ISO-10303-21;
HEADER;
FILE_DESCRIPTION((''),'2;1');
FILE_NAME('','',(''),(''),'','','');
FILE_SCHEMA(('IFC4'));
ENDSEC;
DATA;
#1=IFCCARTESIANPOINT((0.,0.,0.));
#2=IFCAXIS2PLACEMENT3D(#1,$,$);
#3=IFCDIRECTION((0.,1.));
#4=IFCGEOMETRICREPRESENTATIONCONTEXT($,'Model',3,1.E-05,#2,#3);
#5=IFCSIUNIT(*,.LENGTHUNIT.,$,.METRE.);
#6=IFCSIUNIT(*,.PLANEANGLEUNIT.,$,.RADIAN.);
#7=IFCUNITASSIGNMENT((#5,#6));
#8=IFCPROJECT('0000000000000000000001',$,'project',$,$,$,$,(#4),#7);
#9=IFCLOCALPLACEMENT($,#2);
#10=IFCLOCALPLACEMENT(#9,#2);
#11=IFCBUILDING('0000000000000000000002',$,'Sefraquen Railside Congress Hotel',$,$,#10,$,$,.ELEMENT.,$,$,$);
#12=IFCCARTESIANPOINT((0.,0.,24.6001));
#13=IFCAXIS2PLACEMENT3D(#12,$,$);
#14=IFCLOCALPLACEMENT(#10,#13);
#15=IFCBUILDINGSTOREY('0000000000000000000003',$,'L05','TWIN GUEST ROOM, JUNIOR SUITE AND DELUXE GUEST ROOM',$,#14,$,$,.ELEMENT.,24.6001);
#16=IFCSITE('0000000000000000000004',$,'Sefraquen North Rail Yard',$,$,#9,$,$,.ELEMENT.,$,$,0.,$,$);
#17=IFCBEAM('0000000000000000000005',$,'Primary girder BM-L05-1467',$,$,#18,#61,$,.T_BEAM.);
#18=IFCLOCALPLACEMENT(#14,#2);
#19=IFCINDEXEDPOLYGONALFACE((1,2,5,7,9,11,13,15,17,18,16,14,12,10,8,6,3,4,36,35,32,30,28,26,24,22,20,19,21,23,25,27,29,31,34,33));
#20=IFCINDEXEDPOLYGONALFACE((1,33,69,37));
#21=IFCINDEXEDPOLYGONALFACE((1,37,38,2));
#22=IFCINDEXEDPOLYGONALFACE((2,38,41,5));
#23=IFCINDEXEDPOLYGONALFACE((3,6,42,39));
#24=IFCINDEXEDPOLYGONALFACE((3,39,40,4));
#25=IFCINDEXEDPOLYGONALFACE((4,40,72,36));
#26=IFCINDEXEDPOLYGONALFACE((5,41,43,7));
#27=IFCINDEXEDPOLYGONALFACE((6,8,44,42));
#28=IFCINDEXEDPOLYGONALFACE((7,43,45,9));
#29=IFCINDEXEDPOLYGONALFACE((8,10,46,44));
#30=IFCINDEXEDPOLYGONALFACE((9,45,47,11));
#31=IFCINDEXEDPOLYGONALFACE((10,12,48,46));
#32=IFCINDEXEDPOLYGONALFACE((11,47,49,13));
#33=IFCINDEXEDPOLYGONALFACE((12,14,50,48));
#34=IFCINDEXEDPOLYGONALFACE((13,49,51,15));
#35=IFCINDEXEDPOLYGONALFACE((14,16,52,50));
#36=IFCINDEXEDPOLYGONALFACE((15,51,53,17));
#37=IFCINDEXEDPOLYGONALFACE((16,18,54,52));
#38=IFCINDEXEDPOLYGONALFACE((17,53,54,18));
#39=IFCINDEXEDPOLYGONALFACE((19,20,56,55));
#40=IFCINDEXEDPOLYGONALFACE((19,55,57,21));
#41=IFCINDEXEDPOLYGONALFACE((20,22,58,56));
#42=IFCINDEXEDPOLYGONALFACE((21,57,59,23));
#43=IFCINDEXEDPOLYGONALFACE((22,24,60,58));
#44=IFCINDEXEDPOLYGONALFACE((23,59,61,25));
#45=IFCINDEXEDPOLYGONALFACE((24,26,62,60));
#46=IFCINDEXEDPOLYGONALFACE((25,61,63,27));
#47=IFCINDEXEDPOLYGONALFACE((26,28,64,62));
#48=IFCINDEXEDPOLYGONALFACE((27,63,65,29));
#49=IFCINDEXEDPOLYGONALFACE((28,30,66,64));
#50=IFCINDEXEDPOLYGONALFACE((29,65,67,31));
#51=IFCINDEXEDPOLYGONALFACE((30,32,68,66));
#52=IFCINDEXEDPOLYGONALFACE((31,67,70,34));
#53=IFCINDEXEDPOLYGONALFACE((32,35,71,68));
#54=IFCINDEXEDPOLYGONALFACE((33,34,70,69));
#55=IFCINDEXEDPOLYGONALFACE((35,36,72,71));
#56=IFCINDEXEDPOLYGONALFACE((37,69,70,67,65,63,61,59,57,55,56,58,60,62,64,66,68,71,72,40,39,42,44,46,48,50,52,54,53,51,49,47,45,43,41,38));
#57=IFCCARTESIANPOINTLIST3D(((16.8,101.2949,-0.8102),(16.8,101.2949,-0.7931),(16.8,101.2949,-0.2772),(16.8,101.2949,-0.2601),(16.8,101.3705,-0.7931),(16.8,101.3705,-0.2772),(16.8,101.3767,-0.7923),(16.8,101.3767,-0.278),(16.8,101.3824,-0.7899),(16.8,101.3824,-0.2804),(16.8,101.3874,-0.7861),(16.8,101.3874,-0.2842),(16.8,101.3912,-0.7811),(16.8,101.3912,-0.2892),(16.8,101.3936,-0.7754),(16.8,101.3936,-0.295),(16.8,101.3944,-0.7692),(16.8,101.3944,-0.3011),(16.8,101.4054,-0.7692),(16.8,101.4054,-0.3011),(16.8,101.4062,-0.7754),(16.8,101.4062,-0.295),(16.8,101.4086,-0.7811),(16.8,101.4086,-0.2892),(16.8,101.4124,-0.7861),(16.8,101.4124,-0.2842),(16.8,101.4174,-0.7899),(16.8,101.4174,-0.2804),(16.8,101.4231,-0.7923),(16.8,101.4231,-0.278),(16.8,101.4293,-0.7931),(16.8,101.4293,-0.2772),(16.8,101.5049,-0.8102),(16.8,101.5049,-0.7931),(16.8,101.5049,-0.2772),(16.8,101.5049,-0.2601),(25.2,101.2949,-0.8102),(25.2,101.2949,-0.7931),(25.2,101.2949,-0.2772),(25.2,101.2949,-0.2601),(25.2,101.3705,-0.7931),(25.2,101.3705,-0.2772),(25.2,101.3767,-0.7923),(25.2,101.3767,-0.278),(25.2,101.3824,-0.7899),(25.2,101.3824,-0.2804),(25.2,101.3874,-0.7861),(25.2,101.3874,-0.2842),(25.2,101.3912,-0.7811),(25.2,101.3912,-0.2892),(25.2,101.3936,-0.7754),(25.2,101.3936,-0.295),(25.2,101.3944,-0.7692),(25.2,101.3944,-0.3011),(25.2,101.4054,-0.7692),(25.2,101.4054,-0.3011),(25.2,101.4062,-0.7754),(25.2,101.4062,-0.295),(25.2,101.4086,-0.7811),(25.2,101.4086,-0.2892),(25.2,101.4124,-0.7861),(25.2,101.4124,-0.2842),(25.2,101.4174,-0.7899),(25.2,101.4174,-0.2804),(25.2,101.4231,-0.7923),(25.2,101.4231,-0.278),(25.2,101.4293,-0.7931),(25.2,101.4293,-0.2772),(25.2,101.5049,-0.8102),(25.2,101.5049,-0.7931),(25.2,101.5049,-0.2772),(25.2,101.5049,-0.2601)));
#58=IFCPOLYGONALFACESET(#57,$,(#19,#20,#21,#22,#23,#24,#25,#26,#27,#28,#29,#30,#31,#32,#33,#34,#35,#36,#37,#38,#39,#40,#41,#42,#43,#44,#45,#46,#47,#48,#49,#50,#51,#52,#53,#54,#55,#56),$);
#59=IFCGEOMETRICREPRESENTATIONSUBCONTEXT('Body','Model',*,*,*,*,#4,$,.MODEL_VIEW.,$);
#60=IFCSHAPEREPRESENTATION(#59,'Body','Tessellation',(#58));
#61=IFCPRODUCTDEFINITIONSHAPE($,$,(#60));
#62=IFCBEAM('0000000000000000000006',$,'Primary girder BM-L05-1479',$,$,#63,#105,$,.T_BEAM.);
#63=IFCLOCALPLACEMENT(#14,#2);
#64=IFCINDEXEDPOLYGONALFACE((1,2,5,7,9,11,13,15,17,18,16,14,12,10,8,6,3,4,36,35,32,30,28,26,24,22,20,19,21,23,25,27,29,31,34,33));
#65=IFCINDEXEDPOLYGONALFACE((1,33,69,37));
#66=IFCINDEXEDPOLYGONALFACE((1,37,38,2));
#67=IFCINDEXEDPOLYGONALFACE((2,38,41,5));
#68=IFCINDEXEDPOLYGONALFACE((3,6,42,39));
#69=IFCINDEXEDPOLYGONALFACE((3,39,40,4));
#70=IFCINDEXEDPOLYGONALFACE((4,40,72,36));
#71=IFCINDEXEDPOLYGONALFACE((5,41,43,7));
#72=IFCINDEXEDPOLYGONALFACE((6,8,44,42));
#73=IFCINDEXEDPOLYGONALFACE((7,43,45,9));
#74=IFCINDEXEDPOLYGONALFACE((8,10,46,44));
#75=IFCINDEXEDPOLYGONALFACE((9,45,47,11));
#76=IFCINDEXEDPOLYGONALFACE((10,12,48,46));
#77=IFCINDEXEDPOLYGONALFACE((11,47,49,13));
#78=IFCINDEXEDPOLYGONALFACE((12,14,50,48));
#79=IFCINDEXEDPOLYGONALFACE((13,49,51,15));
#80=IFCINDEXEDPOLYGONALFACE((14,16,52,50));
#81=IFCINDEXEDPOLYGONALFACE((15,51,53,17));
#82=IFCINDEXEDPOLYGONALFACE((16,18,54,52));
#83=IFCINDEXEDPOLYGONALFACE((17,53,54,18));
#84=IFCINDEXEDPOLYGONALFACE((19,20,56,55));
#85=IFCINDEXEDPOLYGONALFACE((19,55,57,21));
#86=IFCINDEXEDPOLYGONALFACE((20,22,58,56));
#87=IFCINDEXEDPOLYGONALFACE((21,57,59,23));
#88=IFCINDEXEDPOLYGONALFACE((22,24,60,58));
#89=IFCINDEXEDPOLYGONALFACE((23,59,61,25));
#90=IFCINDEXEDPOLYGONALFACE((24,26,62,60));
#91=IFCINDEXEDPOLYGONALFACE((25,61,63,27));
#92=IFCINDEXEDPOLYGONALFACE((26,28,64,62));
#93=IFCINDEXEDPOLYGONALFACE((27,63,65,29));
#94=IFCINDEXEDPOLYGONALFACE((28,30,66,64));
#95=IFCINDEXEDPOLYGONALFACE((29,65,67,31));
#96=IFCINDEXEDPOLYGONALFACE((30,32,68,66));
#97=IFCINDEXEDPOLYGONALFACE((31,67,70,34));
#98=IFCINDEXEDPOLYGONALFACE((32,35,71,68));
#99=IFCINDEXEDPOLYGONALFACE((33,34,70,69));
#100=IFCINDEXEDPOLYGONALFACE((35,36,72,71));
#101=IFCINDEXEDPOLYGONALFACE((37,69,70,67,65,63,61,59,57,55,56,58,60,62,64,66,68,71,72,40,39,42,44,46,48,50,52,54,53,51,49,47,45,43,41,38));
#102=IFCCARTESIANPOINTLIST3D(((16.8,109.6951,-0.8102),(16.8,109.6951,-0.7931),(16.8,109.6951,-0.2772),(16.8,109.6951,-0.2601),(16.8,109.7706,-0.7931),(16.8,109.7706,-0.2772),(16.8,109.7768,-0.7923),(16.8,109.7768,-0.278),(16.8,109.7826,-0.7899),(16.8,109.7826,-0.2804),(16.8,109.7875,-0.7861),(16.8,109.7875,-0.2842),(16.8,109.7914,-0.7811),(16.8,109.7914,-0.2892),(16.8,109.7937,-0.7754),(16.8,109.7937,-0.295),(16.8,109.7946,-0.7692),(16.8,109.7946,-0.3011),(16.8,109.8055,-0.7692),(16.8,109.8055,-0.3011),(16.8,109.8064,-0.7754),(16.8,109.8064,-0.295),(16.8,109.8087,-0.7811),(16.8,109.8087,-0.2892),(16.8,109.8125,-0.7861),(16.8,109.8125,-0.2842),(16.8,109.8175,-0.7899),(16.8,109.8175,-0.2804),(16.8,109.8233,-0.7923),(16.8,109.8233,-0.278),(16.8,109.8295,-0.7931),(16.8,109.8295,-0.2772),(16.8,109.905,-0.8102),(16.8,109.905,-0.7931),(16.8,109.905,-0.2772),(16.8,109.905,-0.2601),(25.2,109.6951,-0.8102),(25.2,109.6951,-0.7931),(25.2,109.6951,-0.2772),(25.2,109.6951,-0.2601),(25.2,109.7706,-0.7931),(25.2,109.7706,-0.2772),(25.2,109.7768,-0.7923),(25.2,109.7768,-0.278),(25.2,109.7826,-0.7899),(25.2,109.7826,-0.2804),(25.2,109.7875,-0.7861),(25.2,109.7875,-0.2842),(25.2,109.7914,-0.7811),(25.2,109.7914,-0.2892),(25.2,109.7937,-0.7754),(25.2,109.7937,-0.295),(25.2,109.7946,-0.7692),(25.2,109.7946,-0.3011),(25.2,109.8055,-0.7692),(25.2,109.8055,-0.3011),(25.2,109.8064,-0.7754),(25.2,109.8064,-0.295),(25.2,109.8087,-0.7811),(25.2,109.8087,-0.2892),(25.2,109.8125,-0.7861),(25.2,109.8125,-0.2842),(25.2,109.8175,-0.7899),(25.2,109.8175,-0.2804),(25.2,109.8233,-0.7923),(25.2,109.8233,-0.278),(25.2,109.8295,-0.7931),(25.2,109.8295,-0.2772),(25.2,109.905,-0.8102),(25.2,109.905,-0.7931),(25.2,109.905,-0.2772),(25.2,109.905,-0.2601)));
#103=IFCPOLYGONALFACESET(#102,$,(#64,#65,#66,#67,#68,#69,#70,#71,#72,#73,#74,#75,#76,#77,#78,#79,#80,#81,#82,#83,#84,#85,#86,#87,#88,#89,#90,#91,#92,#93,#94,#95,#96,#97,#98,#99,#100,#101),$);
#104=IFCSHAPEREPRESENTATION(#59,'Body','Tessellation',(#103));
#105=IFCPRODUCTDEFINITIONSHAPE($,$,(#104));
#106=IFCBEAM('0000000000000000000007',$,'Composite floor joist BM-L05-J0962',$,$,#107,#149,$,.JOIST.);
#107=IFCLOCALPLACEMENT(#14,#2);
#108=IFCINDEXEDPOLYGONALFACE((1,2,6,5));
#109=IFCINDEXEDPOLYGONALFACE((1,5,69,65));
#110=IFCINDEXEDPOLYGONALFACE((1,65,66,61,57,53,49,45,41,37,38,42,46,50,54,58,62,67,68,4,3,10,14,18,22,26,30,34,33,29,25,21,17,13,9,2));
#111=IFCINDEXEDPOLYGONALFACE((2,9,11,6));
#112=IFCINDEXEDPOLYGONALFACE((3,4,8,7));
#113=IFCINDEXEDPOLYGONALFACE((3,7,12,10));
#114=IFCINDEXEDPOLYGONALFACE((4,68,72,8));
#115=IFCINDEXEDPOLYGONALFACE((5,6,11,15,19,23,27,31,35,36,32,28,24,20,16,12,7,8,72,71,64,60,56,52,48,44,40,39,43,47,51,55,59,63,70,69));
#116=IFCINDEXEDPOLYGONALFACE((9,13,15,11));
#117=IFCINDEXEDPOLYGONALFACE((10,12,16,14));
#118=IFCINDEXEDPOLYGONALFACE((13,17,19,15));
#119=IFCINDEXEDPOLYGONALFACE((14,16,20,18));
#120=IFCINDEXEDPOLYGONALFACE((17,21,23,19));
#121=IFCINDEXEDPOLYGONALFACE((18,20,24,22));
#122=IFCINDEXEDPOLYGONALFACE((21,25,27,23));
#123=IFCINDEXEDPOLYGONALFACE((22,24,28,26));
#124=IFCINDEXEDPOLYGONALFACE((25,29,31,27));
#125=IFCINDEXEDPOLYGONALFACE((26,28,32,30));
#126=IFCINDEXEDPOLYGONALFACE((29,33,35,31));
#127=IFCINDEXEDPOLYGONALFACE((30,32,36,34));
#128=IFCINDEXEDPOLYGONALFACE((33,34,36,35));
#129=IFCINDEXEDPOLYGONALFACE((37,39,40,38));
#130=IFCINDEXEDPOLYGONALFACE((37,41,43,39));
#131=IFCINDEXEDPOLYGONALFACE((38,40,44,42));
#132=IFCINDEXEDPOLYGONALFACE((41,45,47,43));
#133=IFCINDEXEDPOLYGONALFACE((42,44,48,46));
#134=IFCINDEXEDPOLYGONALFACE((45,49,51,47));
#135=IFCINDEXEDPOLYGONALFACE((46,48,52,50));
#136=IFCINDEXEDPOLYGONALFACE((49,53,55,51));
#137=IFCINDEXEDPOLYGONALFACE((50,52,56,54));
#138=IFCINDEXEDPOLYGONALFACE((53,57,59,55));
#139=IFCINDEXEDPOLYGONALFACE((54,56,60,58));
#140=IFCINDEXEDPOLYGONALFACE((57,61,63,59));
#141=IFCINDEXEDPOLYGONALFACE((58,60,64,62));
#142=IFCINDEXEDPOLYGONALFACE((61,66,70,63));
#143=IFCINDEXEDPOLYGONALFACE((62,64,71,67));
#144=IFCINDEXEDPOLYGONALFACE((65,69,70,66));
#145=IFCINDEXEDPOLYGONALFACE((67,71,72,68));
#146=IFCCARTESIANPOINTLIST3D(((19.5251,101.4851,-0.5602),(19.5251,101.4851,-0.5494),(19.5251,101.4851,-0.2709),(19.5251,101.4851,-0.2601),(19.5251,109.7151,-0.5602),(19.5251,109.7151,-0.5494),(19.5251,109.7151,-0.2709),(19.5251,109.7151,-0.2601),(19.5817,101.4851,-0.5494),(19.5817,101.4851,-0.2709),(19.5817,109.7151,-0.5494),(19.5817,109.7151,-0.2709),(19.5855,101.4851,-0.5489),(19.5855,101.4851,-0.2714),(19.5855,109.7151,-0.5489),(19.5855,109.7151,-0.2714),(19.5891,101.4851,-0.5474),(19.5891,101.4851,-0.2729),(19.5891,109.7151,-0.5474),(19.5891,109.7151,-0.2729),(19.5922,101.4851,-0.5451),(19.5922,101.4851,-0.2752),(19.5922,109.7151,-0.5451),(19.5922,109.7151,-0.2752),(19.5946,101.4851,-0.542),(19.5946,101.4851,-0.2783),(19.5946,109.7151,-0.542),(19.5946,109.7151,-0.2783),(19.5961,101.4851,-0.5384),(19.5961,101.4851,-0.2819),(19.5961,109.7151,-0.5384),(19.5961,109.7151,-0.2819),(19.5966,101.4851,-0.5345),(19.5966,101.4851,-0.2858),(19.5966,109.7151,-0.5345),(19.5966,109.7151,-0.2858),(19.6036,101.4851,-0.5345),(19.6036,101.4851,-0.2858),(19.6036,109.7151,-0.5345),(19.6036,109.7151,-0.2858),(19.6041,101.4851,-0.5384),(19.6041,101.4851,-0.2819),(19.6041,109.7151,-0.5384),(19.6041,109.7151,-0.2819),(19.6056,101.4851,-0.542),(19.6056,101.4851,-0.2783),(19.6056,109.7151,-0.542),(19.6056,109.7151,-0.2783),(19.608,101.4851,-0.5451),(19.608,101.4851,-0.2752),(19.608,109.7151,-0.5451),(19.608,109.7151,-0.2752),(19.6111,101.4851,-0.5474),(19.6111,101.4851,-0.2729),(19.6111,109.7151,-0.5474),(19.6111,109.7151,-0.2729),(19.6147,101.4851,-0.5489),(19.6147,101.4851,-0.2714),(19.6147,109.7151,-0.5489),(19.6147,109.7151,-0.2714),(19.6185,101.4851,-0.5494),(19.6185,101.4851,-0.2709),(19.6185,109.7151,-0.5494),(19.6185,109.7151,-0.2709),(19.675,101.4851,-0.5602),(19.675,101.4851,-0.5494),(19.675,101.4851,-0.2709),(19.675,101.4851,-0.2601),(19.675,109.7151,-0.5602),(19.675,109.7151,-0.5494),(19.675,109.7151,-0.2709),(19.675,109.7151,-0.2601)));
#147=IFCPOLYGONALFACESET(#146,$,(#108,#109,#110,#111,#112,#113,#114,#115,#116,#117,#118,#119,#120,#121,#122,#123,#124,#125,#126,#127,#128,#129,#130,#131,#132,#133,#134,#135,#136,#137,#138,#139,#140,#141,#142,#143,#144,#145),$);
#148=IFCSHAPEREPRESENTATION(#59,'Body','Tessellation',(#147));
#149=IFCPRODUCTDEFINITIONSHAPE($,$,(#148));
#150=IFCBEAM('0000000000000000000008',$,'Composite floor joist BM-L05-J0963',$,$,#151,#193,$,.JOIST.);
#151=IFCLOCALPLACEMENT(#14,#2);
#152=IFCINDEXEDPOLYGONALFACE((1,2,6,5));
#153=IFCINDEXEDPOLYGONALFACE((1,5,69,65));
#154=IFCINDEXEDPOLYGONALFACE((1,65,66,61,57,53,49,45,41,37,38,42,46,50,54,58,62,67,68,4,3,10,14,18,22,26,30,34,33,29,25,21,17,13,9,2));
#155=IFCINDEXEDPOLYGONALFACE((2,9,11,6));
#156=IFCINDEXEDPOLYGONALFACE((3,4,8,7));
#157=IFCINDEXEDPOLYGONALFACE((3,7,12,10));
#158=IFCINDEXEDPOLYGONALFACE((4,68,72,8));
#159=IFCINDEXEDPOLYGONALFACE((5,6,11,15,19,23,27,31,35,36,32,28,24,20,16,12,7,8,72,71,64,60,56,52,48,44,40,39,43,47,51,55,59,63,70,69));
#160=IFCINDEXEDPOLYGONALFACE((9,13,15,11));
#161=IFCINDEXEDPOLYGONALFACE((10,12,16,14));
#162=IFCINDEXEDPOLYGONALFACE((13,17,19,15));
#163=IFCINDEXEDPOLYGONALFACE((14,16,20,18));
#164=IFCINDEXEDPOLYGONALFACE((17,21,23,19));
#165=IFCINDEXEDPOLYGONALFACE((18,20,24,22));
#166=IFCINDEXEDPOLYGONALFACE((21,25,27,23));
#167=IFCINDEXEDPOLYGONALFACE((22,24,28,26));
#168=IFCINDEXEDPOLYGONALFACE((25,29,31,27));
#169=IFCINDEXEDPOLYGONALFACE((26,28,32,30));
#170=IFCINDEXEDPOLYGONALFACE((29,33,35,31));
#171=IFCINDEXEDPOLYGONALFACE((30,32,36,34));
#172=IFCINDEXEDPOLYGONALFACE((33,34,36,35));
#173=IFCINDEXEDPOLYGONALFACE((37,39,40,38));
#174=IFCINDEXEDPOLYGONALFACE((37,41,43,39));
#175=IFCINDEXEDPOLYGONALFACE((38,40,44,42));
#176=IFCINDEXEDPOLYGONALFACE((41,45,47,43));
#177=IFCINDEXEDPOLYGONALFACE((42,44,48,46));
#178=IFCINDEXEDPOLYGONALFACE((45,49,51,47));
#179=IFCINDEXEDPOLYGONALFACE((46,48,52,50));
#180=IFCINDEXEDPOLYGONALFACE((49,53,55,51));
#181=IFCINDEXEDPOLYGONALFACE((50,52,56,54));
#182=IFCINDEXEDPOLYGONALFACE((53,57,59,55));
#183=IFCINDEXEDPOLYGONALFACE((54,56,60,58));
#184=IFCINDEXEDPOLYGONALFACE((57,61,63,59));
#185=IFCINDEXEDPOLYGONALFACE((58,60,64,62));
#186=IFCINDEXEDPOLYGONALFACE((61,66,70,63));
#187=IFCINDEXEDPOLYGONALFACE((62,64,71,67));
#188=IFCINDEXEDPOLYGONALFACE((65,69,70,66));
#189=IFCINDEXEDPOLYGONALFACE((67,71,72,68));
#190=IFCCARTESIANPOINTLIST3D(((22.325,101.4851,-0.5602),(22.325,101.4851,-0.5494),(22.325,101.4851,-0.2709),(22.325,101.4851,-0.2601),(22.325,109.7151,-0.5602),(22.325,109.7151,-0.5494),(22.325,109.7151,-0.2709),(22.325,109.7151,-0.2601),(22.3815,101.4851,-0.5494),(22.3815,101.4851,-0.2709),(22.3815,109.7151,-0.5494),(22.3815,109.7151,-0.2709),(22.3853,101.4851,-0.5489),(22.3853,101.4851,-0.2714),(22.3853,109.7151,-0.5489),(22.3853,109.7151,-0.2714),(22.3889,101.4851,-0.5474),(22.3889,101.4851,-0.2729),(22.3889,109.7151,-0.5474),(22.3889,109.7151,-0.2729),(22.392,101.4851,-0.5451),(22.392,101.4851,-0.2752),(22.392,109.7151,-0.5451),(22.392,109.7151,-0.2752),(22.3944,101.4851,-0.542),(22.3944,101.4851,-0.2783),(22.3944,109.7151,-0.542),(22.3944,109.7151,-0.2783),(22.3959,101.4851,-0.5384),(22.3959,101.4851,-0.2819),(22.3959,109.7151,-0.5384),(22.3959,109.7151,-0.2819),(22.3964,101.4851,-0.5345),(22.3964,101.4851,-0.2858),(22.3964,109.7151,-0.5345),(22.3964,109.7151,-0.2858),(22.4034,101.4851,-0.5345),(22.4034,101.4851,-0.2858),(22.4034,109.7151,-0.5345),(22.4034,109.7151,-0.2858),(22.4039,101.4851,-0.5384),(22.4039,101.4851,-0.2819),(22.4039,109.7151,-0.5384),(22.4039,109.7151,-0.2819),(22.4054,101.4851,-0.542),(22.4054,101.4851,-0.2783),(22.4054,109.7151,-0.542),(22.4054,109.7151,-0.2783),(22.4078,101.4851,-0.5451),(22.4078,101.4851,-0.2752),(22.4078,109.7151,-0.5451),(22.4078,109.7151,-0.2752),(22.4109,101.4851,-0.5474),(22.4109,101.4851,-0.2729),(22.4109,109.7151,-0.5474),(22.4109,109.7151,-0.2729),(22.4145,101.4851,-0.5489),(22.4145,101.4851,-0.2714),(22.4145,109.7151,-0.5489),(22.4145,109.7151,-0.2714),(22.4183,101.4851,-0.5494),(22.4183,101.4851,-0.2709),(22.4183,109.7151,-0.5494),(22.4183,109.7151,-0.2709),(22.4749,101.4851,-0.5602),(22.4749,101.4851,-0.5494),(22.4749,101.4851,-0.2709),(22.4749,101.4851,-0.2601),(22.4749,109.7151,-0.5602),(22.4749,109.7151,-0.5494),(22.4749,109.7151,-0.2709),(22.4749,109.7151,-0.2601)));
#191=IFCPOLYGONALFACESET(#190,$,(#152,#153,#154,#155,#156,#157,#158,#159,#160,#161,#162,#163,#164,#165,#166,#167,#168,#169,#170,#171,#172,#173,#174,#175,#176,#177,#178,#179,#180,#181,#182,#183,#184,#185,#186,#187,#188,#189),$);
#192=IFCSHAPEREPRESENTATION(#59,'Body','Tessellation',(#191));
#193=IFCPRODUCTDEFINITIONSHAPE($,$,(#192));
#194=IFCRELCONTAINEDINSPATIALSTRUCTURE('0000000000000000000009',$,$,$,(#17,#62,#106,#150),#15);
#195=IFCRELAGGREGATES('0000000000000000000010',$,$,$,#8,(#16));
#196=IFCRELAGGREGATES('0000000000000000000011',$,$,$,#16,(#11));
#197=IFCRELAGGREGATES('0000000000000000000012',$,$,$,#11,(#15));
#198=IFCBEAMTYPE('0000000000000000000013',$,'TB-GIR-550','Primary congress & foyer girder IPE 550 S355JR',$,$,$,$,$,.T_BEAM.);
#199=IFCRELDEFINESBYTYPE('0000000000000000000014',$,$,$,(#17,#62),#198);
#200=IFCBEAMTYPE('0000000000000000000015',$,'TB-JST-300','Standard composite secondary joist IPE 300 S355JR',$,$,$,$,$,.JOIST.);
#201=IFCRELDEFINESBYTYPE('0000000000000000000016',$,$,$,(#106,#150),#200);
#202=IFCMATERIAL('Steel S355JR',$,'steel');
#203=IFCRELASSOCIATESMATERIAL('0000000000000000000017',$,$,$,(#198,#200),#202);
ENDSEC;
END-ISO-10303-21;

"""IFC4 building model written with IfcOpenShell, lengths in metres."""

from ifc_helpers import new_model, si_unit, direction, frame, origin, origin_2d, place, context, subcontext, project, spatial, i_section, extrude, material, material_profile, profile_set, type_object, element, save


model = new_model("IFC4")

# Units and contexts
model_context = context("Model", 3, precision=1e-05, world=origin(), true_north=direction((0.0, 1.0)))
body_context = subcontext(model_context, "Body", "Model", "MODEL_VIEW")
ifc_project = project(units=[si_unit("LENGTHUNIT", "METRE"), si_unit("PLANEANGLEUNIT", "RADIAN")], contexts=[model_context])

# Site, building, storey
site_placement = place(None, origin())
site = spatial("IfcSite", under=ifc_project, at=site_placement, Name="Sefraquen North Rail Yard", CompositionType="ELEMENT", RefElevation=0.0)
building_placement = place(site_placement, origin())
building = spatial("IfcBuilding", under=site, at=building_placement, Name="Sefraquen Railside Congress Hotel", CompositionType="ELEMENT")
storey_placement = place(building_placement, frame((0.0, 0.0, 24.6001)))
storey = spatial("IfcBuildingStorey", under=building, at=storey_placement, Name="L05", Description="TWIN GUEST ROOM, JUNIOR SUITE AND DELUXE GUEST ROOM", CompositionType="ELEMENT", Elevation=24.6001)

# Shared definitions
ifc_material_1 = material(Name="Steel S355JR", Category="steel")

# Beams
ifc_material_profile_1 = material_profile(ifc_material_1, i_section(OverallWidth=0.21, OverallDepth=0.55, WebThickness=0.011, FlangeThickness=0.0171, FilletRadius=0.0239, at=origin_2d()), Name="IPE 550")
ifc_profile_set_1 = profile_set([ifc_material_profile_1], Name="Steel S355JR")
beam_type_1 = type_object("IfcBeamType", Name="TB-GIR-550", Description="Primary congress & foyer girder IPE 550 S355JR", PredefinedType="T_BEAM", material=ifc_profile_set_1)
for number, where, z_axis, x_axis, name in (
    (1, (16.8, 101.3999, -0.5352), (1.0, 0.0, 0.0), (0.0, 1.0, 0.0), "Primary girder BM-L05-1467"),
    (2, (16.8, 109.8, -0.5352), (1.0, 0.0, 0.0), (0.0, 1.0, 0.0), "Primary girder BM-L05-1479"),
):
    element("IfcBeam", number, at=place(storey_placement, frame(where, z_axis=z_axis, x_axis=x_axis)), inside=storey, type_object=beam_type_1, Name=name, PredefinedType="T_BEAM", context=body_context, shape_type="SweptSolid", body=[
        extrude(i_section(OverallWidth=0.21, OverallDepth=0.55, WebThickness=0.011, FlangeThickness=0.0171, FilletRadius=0.0239, at=origin_2d()), origin(), (0.0, 0.0, 1.0), 8.3999),
    ])
ifc_material_profile_2 = material_profile(ifc_material_1, i_section(OverallWidth=0.1499, OverallDepth=0.3, WebThickness=0.0071, FlangeThickness=0.0107, FilletRadius=0.0149, at=origin_2d()), Name="IPE 300")
ifc_profile_set_2 = profile_set([ifc_material_profile_2], Name="Steel S355JR")
beam_type_2 = type_object("IfcBeamType", Name="TB-JST-300", Description="Standard composite secondary joist IPE 300 S355JR", PredefinedType="JOIST", material=ifc_profile_set_2)
for number, where, z_axis, x_axis, name in (
    (3, (19.6001, 101.4851, -0.4102), (0.0, 1.0, 0.0), (-1.0, 0.0, 0.0), "Composite floor joist BM-L05-J0962"),
    (4, (22.3999, 101.4851, -0.4102), (0.0, 1.0, 0.0), (-1.0, 0.0, 0.0), "Composite floor joist BM-L05-J0963"),
):
    element("IfcBeam", number, at=place(storey_placement, frame(where, z_axis=z_axis, x_axis=x_axis)), inside=storey, type_object=beam_type_2, Name=name, PredefinedType="JOIST", context=body_context, shape_type="SweptSolid", body=[
        extrude(i_section(OverallWidth=0.1499, OverallDepth=0.3, WebThickness=0.0071, FlangeThickness=0.0107, FilletRadius=0.0149, at=origin_2d()), origin(), (0.0, 0.0, 1.0), 8.23),
    ])

save(model, "model.ifc")
